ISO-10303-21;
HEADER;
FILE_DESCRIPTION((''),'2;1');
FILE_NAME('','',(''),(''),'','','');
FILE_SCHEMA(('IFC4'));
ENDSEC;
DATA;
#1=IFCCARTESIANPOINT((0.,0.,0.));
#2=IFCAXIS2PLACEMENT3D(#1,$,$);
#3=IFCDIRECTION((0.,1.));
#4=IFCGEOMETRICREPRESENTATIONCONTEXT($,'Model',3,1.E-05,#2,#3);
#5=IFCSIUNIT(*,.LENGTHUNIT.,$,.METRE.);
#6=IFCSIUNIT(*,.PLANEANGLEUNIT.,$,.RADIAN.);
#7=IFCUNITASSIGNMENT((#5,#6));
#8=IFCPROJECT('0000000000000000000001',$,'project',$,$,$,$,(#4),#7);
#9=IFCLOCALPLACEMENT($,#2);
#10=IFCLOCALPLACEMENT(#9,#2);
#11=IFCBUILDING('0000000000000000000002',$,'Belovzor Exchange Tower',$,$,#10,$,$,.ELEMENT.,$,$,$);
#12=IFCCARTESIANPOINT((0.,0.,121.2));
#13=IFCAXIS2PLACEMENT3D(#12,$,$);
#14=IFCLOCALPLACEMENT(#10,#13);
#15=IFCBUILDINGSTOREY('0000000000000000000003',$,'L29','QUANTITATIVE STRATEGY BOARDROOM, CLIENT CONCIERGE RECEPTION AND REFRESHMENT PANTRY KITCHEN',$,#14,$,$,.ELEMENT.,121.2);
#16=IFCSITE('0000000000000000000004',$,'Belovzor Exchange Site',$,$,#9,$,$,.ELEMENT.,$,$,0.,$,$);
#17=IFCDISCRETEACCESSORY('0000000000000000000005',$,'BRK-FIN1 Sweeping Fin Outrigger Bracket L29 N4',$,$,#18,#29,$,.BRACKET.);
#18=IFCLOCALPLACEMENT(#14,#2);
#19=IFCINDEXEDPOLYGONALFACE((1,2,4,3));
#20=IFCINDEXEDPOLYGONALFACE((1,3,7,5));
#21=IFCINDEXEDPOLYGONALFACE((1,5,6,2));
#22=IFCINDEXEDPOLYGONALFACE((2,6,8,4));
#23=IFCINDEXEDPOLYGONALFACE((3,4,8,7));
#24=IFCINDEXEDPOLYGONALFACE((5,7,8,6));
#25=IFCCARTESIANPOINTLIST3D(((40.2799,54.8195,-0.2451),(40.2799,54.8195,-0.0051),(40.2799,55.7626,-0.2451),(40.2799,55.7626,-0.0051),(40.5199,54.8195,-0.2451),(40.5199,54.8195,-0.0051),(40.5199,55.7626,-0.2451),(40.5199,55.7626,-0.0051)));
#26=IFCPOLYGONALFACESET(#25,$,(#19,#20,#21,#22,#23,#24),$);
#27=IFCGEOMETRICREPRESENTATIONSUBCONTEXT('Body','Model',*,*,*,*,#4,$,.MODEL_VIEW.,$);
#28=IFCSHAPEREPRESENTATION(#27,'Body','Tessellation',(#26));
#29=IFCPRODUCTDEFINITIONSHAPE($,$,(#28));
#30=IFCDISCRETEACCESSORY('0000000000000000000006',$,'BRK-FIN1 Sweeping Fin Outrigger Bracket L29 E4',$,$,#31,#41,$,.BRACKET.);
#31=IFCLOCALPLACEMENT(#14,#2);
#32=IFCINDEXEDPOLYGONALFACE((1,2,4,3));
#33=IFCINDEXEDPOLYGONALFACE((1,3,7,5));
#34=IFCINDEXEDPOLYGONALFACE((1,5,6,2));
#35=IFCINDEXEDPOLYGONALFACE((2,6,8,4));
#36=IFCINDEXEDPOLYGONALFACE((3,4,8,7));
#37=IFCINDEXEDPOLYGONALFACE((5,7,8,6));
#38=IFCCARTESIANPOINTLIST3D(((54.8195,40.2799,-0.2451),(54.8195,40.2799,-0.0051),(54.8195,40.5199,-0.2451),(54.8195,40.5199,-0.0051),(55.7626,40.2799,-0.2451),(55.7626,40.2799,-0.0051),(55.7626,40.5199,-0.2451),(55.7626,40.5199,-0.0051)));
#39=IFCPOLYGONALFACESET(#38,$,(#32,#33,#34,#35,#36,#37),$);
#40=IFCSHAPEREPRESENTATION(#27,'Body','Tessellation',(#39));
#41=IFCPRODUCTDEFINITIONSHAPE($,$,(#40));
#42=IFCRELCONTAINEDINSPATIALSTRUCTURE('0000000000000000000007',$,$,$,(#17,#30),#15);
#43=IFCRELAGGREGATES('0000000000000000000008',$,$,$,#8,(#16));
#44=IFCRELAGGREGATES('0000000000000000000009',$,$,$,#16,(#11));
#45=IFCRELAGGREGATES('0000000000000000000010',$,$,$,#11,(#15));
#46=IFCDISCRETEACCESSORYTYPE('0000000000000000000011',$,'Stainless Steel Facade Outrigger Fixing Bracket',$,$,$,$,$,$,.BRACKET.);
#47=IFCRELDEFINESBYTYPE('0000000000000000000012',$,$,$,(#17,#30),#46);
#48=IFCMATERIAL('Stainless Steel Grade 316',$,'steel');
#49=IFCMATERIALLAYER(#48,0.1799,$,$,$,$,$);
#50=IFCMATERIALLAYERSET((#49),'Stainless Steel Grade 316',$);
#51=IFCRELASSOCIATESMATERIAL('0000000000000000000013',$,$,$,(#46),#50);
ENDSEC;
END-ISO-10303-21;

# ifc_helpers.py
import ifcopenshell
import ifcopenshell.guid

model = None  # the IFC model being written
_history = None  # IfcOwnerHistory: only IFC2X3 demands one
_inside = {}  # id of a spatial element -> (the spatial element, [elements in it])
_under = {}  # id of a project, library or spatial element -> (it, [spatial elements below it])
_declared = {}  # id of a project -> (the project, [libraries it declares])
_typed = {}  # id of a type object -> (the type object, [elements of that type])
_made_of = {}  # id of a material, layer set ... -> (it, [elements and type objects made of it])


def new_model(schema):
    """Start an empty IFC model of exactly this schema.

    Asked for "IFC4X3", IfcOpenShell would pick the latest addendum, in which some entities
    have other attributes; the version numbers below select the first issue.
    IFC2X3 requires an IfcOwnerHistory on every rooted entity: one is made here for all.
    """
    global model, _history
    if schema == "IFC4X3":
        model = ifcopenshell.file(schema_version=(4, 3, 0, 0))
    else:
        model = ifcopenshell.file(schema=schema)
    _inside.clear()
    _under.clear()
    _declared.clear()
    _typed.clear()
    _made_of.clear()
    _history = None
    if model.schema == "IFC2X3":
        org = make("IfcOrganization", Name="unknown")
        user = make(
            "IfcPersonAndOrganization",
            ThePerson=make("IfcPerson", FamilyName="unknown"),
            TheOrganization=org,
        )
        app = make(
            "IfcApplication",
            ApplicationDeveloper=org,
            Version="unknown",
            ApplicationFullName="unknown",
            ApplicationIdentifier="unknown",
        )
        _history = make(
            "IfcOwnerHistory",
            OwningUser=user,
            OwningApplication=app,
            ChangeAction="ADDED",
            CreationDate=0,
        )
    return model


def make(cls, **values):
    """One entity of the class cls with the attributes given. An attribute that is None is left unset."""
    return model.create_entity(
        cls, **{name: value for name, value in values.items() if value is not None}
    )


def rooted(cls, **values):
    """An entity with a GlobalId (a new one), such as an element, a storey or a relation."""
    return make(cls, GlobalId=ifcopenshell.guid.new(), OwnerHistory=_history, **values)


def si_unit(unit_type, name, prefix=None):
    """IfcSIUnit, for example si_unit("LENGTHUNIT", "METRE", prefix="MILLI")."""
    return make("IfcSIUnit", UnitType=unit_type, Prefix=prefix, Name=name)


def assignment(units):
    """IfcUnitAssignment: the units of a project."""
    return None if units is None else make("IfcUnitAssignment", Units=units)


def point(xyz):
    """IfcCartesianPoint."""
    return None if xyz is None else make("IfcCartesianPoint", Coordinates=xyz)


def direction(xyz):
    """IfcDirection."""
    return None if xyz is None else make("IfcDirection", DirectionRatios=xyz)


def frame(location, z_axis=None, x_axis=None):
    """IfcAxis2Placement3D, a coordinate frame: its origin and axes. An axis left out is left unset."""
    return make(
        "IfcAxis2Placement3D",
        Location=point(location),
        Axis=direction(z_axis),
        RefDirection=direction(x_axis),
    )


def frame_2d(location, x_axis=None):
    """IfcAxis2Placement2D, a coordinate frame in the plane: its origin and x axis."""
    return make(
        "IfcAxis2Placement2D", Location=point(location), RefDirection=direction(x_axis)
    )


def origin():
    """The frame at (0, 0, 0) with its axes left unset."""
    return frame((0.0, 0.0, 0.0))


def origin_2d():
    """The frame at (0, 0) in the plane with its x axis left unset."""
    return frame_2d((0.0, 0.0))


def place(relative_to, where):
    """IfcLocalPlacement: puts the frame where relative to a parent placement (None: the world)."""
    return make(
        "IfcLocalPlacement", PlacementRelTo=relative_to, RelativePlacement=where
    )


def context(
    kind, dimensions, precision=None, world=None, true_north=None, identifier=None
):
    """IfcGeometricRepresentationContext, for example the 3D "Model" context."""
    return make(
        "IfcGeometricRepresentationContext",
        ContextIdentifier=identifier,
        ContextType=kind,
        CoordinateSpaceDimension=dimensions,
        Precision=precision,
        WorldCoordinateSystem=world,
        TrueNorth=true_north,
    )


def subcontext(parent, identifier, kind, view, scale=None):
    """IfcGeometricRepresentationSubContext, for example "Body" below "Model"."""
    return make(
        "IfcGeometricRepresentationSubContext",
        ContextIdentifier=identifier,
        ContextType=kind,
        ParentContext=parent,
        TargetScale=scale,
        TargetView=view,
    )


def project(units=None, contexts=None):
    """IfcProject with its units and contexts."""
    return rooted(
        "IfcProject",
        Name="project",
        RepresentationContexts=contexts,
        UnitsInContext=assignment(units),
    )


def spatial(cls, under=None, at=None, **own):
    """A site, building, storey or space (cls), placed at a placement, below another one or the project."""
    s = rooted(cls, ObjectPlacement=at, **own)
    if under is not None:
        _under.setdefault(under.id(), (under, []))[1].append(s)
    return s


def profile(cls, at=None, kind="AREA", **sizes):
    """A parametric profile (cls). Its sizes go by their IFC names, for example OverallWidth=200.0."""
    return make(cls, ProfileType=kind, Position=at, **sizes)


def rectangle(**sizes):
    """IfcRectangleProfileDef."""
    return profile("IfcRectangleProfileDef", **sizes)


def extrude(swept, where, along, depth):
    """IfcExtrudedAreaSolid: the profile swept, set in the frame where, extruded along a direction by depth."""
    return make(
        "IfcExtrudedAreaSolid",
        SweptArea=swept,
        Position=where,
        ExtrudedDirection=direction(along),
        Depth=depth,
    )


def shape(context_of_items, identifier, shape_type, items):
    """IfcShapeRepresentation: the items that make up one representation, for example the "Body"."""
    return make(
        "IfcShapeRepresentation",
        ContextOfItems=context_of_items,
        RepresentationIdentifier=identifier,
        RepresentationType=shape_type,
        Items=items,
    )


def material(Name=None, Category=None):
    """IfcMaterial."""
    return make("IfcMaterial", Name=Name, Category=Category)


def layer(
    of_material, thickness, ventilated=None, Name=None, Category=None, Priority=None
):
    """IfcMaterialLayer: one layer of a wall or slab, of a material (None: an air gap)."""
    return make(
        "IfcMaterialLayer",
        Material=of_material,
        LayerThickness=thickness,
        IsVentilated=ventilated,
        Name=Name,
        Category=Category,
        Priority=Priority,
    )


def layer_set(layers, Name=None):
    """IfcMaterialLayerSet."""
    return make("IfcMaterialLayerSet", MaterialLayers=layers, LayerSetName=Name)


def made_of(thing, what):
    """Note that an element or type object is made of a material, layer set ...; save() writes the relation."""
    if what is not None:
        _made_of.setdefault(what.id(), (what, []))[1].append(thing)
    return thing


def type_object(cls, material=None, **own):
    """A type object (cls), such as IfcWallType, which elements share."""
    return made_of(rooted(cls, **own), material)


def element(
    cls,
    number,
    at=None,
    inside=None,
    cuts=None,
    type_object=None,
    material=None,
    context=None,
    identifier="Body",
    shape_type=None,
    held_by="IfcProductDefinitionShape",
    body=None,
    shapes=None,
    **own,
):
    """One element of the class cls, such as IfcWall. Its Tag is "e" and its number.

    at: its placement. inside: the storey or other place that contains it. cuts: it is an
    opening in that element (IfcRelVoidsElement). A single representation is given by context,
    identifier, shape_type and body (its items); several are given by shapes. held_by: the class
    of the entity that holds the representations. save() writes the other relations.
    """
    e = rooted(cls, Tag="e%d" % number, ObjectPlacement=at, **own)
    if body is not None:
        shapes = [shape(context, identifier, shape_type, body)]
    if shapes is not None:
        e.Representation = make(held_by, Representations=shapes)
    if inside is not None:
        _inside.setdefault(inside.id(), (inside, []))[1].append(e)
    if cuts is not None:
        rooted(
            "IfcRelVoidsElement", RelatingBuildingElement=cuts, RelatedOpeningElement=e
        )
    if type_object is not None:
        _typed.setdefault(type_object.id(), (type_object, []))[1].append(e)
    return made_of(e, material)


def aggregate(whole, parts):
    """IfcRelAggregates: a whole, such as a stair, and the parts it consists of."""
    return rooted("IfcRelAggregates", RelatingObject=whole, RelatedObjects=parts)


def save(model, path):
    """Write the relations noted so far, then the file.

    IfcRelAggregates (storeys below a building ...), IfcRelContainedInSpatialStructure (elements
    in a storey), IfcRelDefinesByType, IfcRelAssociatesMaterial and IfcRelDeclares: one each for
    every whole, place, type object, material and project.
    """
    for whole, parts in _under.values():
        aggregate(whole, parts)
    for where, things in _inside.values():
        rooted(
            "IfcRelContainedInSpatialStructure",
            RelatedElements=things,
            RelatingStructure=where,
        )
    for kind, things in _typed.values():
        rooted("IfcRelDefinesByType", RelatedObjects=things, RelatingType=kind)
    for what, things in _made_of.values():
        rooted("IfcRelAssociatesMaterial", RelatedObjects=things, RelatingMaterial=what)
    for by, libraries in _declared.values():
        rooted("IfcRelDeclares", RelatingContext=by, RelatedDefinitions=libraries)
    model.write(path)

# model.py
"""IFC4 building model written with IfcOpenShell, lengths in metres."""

from ifc_helpers import new_model, si_unit, direction, frame, origin, origin_2d, place, context, subcontext, project, spatial, rectangle, extrude, material, layer, layer_set, type_object, element, save


model = new_model("IFC4")

# Units and contexts
model_context = context("Model", 3, precision=1e-05, world=origin(), true_north=direction((0.0, 1.0)))
body_context = subcontext(model_context, "Body", "Model", "MODEL_VIEW")
ifc_project = project(units=[si_unit("LENGTHUNIT", "METRE"), si_unit("PLANEANGLEUNIT", "RADIAN")], contexts=[model_context])

# Site, building, storey
site_placement = place(None, origin())
site = spatial("IfcSite", under=ifc_project, at=site_placement, Name="Belovzor Exchange Site", CompositionType="ELEMENT", RefElevation=0.0)
building_placement = place(site_placement, origin())
building = spatial("IfcBuilding", under=site, at=building_placement, Name="Belovzor Exchange Tower", CompositionType="ELEMENT")
storey_placement = place(building_placement, frame((0.0, 0.0, 121.2)))
storey = spatial("IfcBuildingStorey", under=building, at=storey_placement, Name="L29", Description="QUANTITATIVE STRATEGY BOARDROOM, CLIENT CONCIERGE RECEPTION AND REFRESHMENT PANTRY KITCHEN", CompositionType="ELEMENT", Elevation=121.2)

# Discrete accessories
ifc_material_1 = material(Name="Stainless Steel Grade 316", Category="steel")
ifc_layer_1 = layer(ifc_material_1, 0.1799)
ifc_layer_set_1 = layer_set([ifc_layer_1], Name="Stainless Steel Grade 316")
discrete_accessory_type = type_object("IfcDiscreteAccessoryType", Name="Stainless Steel Facade Outrigger Fixing Bracket", PredefinedType="BRACKET", material=ifc_layer_set_1)
for number, where, z_axis, x_axis, name in (
    (1, (40.3999, 55.291, -0.2451), (0.0, 0.0, 1.0), (0.0, 1.0, 0.0), "BRK-FIN1 Sweeping Fin Outrigger Bracket L29 N4"),
    (2, (55.291, 40.3999, -0.2451), (0.0, 0.0, 1.0), (1.0, 0.0, 0.0), "BRK-FIN1 Sweeping Fin Outrigger Bracket L29 E4"),
):
    element("IfcDiscreteAccessory", number, at=place(storey_placement, frame(where, z_axis=z_axis, x_axis=x_axis)), inside=storey, type_object=discrete_accessory_type, Name=name, PredefinedType="BRACKET", context=body_context, shape_type="SweptSolid", body=[
        extrude(rectangle(XDim=0.9431, YDim=0.24, at=origin_2d()), origin(), (0.0, 0.0, 1.0), 0.24),
    ])

save(model, "model.ifc")
